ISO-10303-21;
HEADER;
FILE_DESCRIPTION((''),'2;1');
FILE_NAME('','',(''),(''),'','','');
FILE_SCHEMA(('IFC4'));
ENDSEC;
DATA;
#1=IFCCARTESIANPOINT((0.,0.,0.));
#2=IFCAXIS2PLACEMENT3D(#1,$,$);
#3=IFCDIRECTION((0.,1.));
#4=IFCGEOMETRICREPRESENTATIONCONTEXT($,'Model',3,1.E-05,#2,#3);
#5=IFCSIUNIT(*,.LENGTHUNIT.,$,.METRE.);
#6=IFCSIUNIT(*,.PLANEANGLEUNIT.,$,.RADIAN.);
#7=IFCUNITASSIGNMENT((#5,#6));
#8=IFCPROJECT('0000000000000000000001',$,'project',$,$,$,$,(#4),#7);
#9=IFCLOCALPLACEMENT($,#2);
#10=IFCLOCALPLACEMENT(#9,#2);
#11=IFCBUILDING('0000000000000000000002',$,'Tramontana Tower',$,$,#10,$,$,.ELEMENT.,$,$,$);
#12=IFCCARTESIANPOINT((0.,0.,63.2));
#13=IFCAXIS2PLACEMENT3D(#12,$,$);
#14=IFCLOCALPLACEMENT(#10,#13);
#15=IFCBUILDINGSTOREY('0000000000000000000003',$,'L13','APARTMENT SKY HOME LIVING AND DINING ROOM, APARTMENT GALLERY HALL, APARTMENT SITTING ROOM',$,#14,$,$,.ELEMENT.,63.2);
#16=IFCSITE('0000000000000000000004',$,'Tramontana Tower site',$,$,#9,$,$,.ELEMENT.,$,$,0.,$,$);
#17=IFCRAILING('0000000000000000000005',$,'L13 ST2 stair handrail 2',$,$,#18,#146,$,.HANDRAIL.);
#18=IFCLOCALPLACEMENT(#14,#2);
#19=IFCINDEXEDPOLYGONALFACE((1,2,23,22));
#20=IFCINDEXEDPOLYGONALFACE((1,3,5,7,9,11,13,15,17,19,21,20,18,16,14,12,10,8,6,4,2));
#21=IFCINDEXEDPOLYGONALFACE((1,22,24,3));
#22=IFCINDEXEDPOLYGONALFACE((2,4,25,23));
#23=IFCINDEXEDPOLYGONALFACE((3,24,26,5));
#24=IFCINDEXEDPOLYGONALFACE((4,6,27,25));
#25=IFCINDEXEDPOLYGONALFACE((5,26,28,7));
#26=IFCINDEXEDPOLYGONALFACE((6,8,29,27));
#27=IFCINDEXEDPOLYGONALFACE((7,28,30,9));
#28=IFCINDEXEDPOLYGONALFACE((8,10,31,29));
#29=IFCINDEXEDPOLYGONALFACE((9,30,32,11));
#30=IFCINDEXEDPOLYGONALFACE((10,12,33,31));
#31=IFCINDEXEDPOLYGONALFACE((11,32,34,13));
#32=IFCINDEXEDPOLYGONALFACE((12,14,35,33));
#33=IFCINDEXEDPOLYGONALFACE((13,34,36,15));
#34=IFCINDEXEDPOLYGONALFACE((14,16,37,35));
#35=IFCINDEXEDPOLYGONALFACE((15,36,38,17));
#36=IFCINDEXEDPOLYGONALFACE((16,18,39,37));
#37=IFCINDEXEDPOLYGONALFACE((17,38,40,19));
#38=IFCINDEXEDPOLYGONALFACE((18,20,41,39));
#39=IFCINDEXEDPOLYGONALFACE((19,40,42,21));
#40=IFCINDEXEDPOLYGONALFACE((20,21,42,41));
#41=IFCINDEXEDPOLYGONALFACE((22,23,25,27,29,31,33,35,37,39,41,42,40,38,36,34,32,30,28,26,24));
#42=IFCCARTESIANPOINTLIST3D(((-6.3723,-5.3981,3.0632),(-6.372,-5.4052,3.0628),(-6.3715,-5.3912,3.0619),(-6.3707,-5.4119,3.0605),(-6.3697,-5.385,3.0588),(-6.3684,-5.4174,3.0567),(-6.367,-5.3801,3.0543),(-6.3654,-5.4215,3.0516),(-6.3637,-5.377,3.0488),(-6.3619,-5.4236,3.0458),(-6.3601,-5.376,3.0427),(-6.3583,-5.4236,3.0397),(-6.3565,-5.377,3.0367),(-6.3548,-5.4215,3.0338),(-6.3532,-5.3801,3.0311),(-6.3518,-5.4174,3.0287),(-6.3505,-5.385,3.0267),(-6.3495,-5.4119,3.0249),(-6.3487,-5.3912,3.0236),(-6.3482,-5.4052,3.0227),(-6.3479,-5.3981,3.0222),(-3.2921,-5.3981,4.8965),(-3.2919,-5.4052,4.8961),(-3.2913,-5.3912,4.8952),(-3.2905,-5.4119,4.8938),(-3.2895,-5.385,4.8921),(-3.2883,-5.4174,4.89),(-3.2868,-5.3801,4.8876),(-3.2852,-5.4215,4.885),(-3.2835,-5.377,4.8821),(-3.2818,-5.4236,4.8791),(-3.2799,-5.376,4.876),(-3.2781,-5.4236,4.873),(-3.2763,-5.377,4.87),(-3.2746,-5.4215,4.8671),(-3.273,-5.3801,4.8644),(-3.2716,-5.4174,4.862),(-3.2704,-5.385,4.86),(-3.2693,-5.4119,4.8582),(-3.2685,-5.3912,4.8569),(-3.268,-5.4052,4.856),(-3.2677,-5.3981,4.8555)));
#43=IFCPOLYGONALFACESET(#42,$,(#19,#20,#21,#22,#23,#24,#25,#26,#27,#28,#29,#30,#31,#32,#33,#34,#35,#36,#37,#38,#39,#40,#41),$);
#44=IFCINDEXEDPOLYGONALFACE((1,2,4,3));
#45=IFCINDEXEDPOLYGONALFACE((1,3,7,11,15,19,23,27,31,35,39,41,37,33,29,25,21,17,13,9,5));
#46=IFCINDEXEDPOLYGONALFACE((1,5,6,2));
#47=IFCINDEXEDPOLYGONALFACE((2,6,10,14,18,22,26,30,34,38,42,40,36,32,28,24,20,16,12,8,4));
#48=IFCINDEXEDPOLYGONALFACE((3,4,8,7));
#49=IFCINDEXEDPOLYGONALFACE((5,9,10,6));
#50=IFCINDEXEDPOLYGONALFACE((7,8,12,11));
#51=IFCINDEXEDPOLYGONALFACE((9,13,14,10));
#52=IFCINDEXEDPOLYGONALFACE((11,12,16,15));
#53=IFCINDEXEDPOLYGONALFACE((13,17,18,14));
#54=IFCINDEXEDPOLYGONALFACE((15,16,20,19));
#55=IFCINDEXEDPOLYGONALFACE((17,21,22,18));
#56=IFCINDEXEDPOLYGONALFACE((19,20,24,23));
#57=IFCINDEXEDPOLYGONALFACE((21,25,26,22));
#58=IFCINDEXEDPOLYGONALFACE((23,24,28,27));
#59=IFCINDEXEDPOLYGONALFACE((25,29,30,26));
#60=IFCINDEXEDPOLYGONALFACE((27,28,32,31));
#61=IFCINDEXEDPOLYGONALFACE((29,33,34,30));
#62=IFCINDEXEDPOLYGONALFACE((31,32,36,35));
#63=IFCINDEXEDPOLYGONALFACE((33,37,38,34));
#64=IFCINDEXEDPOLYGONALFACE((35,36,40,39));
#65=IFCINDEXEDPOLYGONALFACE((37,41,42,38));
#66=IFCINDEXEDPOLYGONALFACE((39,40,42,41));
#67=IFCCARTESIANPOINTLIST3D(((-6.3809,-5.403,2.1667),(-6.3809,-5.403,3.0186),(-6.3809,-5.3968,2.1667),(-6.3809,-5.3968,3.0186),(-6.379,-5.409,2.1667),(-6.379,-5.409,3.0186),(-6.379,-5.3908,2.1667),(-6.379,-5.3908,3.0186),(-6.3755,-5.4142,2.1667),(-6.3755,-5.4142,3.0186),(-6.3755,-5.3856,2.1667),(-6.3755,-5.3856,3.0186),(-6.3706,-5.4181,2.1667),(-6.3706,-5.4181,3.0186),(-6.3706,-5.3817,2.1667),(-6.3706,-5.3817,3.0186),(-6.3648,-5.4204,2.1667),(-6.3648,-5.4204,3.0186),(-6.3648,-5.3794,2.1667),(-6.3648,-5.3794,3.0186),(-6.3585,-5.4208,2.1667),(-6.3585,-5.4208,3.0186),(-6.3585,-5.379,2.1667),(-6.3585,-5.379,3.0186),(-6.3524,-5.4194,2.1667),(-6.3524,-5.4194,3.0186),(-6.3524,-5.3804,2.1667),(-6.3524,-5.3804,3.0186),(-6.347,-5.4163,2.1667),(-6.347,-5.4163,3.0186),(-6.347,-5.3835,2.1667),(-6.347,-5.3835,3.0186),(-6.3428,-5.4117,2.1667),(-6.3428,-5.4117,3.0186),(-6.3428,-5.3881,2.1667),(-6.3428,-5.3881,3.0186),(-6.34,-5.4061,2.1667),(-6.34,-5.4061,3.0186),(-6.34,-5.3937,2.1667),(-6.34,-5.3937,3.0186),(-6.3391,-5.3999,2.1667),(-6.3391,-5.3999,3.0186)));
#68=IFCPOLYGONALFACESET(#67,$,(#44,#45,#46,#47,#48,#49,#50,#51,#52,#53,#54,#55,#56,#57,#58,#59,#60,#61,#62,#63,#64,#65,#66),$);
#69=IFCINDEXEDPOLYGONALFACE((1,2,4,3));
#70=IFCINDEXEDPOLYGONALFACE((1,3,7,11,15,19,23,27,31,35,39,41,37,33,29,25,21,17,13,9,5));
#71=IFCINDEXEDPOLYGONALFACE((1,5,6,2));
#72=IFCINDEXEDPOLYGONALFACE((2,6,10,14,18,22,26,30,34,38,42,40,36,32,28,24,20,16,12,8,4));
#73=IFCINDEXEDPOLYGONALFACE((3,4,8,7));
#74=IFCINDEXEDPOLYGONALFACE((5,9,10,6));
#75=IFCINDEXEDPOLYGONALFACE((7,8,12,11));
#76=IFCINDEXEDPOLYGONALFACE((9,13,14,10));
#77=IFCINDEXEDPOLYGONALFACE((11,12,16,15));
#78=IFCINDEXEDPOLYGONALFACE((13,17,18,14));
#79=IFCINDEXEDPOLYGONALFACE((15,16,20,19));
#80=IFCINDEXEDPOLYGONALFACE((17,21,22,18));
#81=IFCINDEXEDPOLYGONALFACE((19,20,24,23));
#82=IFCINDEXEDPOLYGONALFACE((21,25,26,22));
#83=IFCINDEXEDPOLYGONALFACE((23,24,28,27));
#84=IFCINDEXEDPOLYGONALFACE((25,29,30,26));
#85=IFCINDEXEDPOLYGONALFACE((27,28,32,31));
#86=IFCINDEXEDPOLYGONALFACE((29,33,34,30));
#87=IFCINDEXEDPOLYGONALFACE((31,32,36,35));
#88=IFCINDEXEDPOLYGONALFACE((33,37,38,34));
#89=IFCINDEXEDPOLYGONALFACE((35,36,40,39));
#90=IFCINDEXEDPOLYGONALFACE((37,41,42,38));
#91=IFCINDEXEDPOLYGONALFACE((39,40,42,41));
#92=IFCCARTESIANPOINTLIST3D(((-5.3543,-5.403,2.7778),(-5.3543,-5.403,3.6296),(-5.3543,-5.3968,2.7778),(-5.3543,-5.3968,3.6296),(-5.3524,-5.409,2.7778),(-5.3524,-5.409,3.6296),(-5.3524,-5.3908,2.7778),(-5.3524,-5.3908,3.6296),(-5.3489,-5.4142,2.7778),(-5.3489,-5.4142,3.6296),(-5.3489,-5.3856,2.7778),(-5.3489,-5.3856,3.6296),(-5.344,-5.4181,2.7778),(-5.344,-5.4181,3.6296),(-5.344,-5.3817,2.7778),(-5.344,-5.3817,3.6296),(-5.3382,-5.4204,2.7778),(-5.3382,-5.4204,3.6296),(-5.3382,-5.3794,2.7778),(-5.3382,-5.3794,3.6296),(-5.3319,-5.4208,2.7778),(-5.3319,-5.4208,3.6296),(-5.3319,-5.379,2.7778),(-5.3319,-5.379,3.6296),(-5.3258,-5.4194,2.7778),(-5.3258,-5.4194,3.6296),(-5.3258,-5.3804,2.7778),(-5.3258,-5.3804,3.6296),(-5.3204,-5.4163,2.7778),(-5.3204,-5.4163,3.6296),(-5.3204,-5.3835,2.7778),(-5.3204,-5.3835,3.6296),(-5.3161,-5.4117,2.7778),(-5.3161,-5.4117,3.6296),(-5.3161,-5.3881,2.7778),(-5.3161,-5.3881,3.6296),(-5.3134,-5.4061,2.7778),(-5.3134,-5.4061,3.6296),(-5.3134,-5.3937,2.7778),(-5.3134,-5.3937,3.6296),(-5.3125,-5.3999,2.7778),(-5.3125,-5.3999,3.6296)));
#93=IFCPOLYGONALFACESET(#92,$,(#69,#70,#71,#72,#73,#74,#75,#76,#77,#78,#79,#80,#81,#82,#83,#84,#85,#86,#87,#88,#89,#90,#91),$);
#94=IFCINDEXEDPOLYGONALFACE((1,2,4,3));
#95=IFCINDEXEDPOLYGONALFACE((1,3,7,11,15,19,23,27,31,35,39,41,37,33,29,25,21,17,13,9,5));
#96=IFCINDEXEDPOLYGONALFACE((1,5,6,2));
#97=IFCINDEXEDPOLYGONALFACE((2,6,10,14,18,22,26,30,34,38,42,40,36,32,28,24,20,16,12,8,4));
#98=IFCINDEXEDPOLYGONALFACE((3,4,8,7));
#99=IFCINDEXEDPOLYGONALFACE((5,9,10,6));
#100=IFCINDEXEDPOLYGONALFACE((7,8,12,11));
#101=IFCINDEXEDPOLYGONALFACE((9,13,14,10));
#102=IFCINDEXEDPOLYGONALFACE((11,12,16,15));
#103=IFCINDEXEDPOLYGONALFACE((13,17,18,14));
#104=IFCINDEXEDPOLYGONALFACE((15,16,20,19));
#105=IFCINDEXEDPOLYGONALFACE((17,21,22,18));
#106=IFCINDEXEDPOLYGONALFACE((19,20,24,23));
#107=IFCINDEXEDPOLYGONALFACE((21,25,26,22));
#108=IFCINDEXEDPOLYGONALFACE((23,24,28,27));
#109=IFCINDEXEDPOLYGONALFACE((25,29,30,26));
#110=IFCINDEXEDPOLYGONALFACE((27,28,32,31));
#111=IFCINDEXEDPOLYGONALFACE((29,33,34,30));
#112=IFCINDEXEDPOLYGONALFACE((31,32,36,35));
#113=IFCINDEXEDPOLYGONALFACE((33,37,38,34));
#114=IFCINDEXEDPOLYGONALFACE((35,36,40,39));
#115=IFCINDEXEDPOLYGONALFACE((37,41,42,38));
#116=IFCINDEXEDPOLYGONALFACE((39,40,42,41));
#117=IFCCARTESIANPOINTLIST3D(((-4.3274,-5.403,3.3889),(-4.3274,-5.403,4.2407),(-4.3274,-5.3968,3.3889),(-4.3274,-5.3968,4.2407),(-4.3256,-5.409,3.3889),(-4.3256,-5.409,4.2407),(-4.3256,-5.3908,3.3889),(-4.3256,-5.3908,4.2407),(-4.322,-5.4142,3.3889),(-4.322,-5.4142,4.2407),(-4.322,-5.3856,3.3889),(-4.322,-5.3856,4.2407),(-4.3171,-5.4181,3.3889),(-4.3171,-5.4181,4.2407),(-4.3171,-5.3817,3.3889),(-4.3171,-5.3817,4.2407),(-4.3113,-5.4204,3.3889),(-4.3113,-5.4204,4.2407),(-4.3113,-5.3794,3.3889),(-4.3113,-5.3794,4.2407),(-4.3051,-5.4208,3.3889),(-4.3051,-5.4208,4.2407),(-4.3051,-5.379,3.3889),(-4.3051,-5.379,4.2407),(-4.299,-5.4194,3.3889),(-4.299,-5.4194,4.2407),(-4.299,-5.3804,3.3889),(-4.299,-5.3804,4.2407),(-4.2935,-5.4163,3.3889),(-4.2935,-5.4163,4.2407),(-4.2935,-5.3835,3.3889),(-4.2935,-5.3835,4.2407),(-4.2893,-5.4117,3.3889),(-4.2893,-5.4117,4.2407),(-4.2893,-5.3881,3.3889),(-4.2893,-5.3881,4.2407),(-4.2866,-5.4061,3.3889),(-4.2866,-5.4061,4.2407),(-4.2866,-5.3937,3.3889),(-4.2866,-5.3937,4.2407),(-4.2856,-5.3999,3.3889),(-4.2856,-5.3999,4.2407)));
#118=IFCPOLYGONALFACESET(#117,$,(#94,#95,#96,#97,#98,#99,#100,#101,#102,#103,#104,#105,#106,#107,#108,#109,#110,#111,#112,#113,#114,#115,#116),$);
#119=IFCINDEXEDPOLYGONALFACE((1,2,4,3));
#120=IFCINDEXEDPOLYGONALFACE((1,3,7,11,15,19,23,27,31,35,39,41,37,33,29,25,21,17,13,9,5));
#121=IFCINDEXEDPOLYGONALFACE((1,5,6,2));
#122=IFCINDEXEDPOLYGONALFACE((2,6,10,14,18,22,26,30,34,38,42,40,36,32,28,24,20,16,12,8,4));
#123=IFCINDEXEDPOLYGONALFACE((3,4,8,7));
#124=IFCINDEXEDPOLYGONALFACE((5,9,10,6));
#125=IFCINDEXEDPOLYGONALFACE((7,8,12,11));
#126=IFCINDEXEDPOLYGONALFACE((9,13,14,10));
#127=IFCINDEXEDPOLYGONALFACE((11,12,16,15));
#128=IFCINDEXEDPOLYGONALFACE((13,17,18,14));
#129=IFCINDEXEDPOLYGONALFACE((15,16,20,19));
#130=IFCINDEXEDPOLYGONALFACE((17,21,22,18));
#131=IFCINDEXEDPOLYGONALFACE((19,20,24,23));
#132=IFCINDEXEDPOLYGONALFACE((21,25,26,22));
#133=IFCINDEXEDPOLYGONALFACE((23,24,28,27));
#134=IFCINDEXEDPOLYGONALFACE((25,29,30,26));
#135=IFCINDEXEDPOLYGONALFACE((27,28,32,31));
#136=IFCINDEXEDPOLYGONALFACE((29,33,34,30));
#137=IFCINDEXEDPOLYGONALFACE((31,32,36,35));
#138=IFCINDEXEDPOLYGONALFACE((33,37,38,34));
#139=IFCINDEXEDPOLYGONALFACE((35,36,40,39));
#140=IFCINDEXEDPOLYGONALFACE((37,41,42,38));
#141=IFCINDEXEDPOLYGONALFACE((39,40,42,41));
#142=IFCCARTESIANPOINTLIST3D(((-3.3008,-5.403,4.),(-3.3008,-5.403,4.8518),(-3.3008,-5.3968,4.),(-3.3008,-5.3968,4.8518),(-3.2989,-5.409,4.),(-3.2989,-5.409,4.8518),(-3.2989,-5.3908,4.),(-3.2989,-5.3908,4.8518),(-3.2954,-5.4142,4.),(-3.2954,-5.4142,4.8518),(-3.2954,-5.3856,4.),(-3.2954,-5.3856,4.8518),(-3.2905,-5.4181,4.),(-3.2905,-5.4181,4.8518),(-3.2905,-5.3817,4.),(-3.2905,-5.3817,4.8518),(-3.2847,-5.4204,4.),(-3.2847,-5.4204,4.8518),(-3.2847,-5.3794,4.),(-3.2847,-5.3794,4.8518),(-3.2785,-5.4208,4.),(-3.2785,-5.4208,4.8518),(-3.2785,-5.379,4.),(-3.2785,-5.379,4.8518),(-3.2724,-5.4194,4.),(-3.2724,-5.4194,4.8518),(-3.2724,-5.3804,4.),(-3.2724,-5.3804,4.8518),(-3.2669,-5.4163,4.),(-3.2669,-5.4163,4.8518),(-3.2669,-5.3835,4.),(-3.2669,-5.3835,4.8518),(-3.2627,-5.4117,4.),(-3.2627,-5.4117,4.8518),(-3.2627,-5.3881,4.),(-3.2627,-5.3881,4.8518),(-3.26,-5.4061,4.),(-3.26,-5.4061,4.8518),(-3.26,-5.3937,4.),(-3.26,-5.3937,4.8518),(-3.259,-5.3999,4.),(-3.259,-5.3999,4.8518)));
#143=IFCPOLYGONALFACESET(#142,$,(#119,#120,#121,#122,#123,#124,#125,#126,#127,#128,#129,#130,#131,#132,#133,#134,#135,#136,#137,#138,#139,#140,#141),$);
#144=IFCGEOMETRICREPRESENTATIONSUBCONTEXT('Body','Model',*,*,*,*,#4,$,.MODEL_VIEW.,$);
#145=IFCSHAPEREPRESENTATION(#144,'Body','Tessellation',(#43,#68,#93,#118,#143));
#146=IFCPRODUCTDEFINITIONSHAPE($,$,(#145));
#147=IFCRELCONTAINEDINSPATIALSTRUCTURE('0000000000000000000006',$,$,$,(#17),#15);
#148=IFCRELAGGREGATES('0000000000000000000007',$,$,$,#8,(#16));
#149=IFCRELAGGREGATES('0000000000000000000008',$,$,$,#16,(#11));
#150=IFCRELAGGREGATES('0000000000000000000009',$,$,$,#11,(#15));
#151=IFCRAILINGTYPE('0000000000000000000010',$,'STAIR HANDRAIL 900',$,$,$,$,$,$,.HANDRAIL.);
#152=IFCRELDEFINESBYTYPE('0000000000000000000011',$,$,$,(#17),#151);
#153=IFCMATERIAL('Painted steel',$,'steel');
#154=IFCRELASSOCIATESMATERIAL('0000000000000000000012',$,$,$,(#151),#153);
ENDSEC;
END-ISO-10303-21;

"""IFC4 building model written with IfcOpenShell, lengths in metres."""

from ifc_helpers import new_model, si_unit, direction, frame, origin, origin_2d, place, context, subcontext, project, spatial, circle, extrude, material, type_object, element, save


model = new_model("IFC4")

# Units and contexts
model_context = context("Model", 3, precision=1e-05, world=origin(), true_north=direction((0.0, 1.0)))
body_context = subcontext(model_context, "Body", "Model", "MODEL_VIEW")
ifc_project = project(units=[si_unit("LENGTHUNIT", "METRE"), si_unit("PLANEANGLEUNIT", "RADIAN")], contexts=[model_context])

# Site, building, storey
site_placement = place(None, origin())
site = spatial("IfcSite", under=ifc_project, at=site_placement, Name="Tramontana Tower site", CompositionType="ELEMENT", RefElevation=0.0)
building_placement = place(site_placement, origin())
building = spatial("IfcBuilding", under=site, at=building_placement, Name="Tramontana Tower", CompositionType="ELEMENT")
storey_placement = place(building_placement, frame((0.0, 0.0, 63.2)))
storey = spatial("IfcBuildingStorey", under=building, at=storey_placement, Name="L13", Description="APARTMENT SKY HOME LIVING AND DINING ROOM, APARTMENT GALLERY HALL, APARTMENT SITTING ROOM", CompositionType="ELEMENT", Elevation=63.2)

# Railing
ifc_material_1 = material(Name="Painted steel", Category="steel")
railing_type_1 = type_object("IfcRailingType", Name="STAIR HANDRAIL 900", PredefinedType="HANDRAIL", material=ifc_material_1)
railing_1_placement = place(storey_placement, frame((-6.3601, -5.3999, 2.1667)))
element("IfcRailing", 1, at=railing_1_placement, inside=storey, type_object=railing_type_1, Name="L13 ST2 stair handrail 2", PredefinedType="HANDRAIL", context=body_context, shape_type="SweptSolid", body=[
    extrude(circle(Radius=0.0239, at=origin_2d()), frame((0.0, 0.0, 0.876), z_axis=(0.859309, 0.0, 0.511458), x_axis=(0.0, 1.0, 0.0)), (0.0, 0.0, 1.0), 3.5845),
    extrude(circle(Radius=0.021, at=origin_2d()), origin(), (0.0, 0.0, 1.0), 0.8518),
    extrude(circle(Radius=0.021, at=origin_2d()), frame((1.0266, 0.0, 0.6111)), (0.0, 0.0, 1.0), 0.8518),
    extrude(circle(Radius=0.021, at=origin_2d()), frame((2.0535, 0.0, 1.2222)), (0.0, 0.0, 1.0), 0.8518),
    extrude(circle(Radius=0.021, at=origin_2d()), frame((3.0801, 0.0, 1.8333)), (0.0, 0.0, 1.0), 0.8518),
])

save(model, "model.ifc")
